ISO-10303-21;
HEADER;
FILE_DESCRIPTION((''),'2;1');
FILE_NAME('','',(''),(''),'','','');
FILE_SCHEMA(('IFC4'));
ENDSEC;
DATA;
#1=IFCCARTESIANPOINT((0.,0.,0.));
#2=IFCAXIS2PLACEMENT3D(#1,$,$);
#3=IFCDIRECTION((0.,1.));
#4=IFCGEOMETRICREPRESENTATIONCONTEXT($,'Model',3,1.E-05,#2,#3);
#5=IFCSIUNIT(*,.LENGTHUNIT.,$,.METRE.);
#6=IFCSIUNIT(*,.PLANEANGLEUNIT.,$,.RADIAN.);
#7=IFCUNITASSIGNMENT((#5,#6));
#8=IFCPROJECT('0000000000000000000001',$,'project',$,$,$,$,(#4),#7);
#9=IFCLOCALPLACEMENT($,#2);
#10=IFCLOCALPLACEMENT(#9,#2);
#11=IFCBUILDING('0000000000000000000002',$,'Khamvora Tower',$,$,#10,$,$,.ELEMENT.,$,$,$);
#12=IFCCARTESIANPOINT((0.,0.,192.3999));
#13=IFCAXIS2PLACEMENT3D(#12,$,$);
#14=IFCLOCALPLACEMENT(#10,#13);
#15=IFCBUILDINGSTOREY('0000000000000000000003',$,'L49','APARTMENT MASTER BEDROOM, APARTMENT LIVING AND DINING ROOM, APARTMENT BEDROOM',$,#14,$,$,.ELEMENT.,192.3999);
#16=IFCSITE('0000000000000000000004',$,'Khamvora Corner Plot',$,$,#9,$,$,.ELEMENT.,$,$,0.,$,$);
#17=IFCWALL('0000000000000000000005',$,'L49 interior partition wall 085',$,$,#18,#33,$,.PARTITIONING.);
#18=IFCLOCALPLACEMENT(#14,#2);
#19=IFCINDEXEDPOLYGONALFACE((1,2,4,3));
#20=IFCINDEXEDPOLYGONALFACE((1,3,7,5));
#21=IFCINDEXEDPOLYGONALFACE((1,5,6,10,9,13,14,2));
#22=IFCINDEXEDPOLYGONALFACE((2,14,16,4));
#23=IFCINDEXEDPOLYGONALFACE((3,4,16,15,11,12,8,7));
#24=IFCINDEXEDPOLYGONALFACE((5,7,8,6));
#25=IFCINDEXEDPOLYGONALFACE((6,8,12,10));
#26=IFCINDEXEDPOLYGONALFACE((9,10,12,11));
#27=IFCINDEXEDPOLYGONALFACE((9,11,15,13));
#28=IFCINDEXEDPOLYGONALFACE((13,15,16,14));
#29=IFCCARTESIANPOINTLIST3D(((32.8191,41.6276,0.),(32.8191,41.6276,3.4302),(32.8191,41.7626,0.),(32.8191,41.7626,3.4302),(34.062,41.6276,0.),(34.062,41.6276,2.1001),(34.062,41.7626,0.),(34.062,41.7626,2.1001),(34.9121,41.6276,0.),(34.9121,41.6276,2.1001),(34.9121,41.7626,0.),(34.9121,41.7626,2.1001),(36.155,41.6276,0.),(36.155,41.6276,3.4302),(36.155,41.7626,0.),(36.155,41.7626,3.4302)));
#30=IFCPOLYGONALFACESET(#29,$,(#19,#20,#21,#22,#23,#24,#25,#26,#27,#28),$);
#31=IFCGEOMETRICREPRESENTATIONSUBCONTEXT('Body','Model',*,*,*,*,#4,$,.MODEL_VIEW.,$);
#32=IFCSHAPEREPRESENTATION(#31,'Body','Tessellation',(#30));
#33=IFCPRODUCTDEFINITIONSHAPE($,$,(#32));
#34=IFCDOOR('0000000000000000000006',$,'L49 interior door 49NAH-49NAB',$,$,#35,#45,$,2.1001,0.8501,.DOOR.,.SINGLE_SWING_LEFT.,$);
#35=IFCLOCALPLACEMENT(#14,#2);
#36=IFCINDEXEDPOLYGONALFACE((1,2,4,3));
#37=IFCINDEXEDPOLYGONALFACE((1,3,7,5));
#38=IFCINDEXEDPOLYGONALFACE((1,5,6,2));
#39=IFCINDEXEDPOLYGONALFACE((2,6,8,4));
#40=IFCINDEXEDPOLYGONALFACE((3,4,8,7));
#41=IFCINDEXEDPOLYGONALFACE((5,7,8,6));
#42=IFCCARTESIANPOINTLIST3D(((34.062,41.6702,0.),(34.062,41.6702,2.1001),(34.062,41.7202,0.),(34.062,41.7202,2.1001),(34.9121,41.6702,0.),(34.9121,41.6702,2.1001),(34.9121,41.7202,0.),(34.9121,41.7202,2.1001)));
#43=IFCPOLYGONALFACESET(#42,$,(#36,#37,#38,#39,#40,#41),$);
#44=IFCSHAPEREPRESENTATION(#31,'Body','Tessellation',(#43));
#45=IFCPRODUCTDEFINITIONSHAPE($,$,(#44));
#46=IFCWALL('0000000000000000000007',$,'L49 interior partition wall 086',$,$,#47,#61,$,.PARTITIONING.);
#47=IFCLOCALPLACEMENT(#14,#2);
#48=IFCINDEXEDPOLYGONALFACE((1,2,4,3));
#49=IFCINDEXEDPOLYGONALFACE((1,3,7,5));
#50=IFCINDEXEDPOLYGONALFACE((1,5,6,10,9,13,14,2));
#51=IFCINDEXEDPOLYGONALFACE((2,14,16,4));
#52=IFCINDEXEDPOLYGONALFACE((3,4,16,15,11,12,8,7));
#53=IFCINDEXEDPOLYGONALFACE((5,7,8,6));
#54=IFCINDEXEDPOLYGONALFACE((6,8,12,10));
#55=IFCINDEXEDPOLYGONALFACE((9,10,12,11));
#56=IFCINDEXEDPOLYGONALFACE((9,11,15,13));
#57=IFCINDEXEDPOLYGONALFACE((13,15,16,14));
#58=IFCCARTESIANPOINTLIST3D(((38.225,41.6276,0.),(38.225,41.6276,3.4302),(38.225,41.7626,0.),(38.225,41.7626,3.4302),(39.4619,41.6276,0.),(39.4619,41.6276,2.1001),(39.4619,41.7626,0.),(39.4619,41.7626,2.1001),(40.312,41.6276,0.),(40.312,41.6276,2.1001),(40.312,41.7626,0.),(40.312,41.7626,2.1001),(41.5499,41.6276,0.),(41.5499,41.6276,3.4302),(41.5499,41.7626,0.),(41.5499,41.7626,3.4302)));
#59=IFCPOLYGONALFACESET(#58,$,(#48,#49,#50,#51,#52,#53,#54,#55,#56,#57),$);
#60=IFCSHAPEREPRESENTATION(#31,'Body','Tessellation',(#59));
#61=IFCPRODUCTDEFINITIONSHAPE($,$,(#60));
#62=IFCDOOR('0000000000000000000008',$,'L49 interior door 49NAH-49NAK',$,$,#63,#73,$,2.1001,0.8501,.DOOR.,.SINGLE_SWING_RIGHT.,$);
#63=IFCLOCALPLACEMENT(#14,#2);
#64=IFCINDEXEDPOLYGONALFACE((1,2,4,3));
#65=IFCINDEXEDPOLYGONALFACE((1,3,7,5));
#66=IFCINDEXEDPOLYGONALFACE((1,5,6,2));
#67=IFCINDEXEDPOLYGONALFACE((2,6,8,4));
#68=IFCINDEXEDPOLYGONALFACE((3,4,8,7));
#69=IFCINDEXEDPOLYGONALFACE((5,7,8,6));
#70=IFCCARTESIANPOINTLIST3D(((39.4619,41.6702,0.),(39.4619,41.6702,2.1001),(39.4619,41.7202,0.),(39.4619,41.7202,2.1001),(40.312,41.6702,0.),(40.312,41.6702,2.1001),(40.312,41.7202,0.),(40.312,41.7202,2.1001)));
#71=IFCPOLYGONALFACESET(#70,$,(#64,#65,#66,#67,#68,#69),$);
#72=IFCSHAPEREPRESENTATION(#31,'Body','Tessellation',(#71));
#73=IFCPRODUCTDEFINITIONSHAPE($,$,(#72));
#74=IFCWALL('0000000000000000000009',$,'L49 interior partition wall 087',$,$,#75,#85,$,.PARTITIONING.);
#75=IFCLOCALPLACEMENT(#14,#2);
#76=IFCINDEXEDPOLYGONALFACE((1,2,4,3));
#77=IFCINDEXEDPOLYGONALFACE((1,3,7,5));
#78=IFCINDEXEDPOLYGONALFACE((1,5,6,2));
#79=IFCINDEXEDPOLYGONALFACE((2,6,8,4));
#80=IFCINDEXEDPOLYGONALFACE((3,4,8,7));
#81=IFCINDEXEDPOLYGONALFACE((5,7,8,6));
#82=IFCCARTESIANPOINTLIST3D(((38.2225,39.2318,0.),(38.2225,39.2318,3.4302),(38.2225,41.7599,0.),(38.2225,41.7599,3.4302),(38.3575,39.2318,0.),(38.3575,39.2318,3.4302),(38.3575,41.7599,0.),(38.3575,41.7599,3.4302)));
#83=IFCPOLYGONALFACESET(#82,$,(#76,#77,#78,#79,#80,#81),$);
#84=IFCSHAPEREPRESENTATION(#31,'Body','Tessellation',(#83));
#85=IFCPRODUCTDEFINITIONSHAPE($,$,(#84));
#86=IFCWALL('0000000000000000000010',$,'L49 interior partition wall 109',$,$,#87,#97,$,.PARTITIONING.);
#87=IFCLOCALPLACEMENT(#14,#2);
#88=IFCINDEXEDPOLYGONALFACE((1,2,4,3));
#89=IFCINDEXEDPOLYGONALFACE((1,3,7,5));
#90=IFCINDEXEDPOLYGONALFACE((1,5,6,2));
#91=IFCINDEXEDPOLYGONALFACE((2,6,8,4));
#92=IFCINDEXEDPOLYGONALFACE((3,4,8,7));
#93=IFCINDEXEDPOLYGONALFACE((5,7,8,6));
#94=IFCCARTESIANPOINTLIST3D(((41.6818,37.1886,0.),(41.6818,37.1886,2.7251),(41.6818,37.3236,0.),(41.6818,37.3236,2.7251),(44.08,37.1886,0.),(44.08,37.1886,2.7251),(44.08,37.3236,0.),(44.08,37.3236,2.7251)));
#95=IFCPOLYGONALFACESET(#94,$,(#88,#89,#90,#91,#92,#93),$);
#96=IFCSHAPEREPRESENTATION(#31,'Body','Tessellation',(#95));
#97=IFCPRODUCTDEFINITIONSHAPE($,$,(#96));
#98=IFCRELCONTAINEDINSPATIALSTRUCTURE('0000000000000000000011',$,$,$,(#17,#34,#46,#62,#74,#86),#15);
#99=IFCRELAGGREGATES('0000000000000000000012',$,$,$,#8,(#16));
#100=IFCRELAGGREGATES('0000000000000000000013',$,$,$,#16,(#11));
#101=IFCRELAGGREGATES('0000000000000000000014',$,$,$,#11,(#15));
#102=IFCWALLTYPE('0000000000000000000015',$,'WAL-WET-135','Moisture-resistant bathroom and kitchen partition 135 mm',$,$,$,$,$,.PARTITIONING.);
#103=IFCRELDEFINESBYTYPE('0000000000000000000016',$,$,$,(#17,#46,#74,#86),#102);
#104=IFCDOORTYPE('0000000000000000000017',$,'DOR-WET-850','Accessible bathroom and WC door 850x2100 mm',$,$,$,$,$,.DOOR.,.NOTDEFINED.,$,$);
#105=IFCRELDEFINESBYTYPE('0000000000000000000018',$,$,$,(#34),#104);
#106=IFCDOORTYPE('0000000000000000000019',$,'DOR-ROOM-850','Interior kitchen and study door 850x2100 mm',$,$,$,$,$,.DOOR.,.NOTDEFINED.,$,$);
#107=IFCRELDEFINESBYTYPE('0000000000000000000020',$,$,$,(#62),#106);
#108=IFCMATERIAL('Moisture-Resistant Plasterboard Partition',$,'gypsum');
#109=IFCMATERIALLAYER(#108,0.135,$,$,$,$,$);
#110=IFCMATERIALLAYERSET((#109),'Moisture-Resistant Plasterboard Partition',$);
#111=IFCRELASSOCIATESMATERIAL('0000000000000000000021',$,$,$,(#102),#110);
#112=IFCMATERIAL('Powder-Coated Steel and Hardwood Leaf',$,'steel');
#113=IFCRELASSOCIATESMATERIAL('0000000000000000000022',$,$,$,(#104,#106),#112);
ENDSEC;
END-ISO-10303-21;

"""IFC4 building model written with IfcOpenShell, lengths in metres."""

from ifc_helpers import new_model, si_unit, direction, frame, frame_2d, origin, place, context, subcontext, project, spatial, rectangle, extrude, material, layer, layer_set, type_object, element, fill, save


model = new_model("IFC4")

# Units and contexts
model_context = context("Model", 3, precision=1e-05, world=origin(), true_north=direction((0.0, 1.0)))
body_context = subcontext(model_context, "Body", "Model", "MODEL_VIEW")
ifc_project = project(units=[si_unit("LENGTHUNIT", "METRE"), si_unit("PLANEANGLEUNIT", "RADIAN")], contexts=[model_context])

# Site, building, storey
site_placement = place(None, origin())
site = spatial("IfcSite", under=ifc_project, at=site_placement, Name="Khamvora Corner Plot", CompositionType="ELEMENT", RefElevation=0.0)
building_placement = place(site_placement, origin())
building = spatial("IfcBuilding", under=site, at=building_placement, Name="Khamvora Tower", CompositionType="ELEMENT")
storey_placement = place(building_placement, frame((0.0, 0.0, 192.3999)))
storey = spatial("IfcBuildingStorey", under=building, at=storey_placement, Name="L49", Description="APARTMENT MASTER BEDROOM, APARTMENT LIVING AND DINING ROOM, APARTMENT BEDROOM", CompositionType="ELEMENT", Elevation=192.3999)

# Shared definitions
ifc_material_1 = material(Name="Powder-Coated Steel and Hardwood Leaf", Category="steel")

# Shared definitions
ifc_material_2 = material(Name="Moisture-Resistant Plasterboard Partition", Category="gypsum")
ifc_layer_1 = layer(ifc_material_2, 0.135)
ifc_layer_set_1 = layer_set([ifc_layer_1], Name="Moisture-Resistant Plasterboard Partition")
wall_type_1 = type_object("IfcWallType", Name="WAL-WET-135", Description="Moisture-resistant bathroom and kitchen partition 135 mm", PredefinedType="PARTITIONING", material=ifc_layer_set_1)

# Walls, openings, doors
wall_1_placement = place(storey_placement, frame((36.155, 41.6951, 0.0), z_axis=(0.0, 0.0, 1.0), x_axis=(-1.0, 0.0, 0.0)))
wall_1 = element("IfcWall", 1, at=wall_1_placement, inside=storey, type_object=wall_type_1, Name="L49 interior partition wall 085", PredefinedType="PARTITIONING", context=body_context, shape_type="SweptSolid", body=[
    extrude(rectangle(XDim=3.3359, YDim=0.135, at=frame_2d((1.668, 0.0))), origin(), (0.0, 0.0, 1.0), 3.4302),
])
opening_1_placement = place(wall_1_placement, frame((1.2429, 0.0, 0.0)))
opening_1 = element("IfcOpeningElement", 2, at=opening_1_placement, cuts=wall_1, PredefinedType="OPENING", context=body_context, shape_type="SweptSolid", body=[
    extrude(rectangle(XDim=0.8501, YDim=2.1001, at=frame_2d((0.425, 1.05))), frame((0.0, 0.0774, 0.0), z_axis=(0.0, -1.0, 0.0), x_axis=(1.0, 0.0, 0.0)), (0.0, 0.0, 1.0), 0.155),
])
door_type_1 = type_object("IfcDoorType", Name="DOR-WET-850", Description="Accessible bathroom and WC door 850x2100 mm", OperationType="NOTDEFINED", PredefinedType="DOOR", material=ifc_material_1)
door_1_placement = place(opening_1_placement, origin())
door_1 = element("IfcDoor", 3, at=door_1_placement, inside=storey, type_object=door_type_1, Name="L49 interior door 49NAH-49NAB", OperationType="SINGLE_SWING_LEFT", OverallHeight=2.1001, OverallWidth=0.8501, PredefinedType="DOOR", context=body_context, shape_type="SweptSolid", body=[
    extrude(rectangle(XDim=0.8501, YDim=2.1001, at=frame_2d((0.425, 1.05))), frame((0.0, 0.0249, 0.0), z_axis=(0.0, -1.0, 0.0), x_axis=(1.0, 0.0, 0.0)), (0.0, 0.0, 1.0), 0.05),
])
fill(opening_1, door_1)
wall_2_placement = place(storey_placement, frame((41.55, 41.6951, 0.0), z_axis=(0.0, 0.0, 1.0), x_axis=(-1.0, 0.0, 0.0)))
wall_2 = element("IfcWall", 4, at=wall_2_placement, inside=storey, type_object=wall_type_1, Name="L49 interior partition wall 086", PredefinedType="PARTITIONING", context=body_context, shape_type="SweptSolid", body=[
    extrude(rectangle(XDim=3.325, YDim=0.135, at=frame_2d((1.6626, 0.0))), origin(), (0.0, 0.0, 1.0), 3.4302),
])
opening_2_placement = place(wall_2_placement, frame((1.238, 0.0, 0.0)))
opening_2 = element("IfcOpeningElement", 5, at=opening_2_placement, cuts=wall_2, PredefinedType="OPENING", context=body_context, shape_type="SweptSolid", body=[
    extrude(rectangle(XDim=0.8501, YDim=2.1001, at=frame_2d((0.425, 1.05))), frame((0.0, 0.0774, 0.0), z_axis=(0.0, -1.0, 0.0), x_axis=(1.0, 0.0, 0.0)), (0.0, 0.0, 1.0), 0.155),
])
door_type_2 = type_object("IfcDoorType", Name="DOR-ROOM-850", Description="Interior kitchen and study door 850x2100 mm", OperationType="NOTDEFINED", PredefinedType="DOOR", material=ifc_material_1)
door_2_placement = place(opening_2_placement, origin())
door_2 = element("IfcDoor", 6, at=door_2_placement, inside=storey, type_object=door_type_2, Name="L49 interior door 49NAH-49NAK", OperationType="SINGLE_SWING_RIGHT", OverallHeight=2.1001, OverallWidth=0.8501, PredefinedType="DOOR", context=body_context, shape_type="SweptSolid", body=[
    extrude(rectangle(XDim=0.8501, YDim=2.1001, at=frame_2d((0.425, 1.05))), frame((0.0, 0.0249, 0.0), z_axis=(0.0, -1.0, 0.0), x_axis=(1.0, 0.0, 0.0)), (0.0, 0.0, 1.0), 0.05),
])
fill(opening_2, door_2)

# Walls
wall_3_placement = place(storey_placement, frame((38.29, 41.76, 0.0), z_axis=(0.0, 0.0, 1.0), x_axis=(0.0, -1.0, 0.0)))
element("IfcWall", 7, at=wall_3_placement, inside=storey, type_object=wall_type_1, Name="L49 interior partition wall 087", PredefinedType="PARTITIONING", context=body_context, shape_type="SweptSolid", body=[
    extrude(rectangle(XDim=2.5281, YDim=0.135, at=frame_2d((1.2642, 0.0))), origin(), (0.0, 0.0, 1.0), 3.4302),
])
wall_4_placement = place(storey_placement, frame((44.0801, 37.2561, 0.0), z_axis=(0.0, 0.0, 1.0), x_axis=(-1.0, 0.0, 0.0)))
element("IfcWall", 8, at=wall_4_placement, inside=storey, type_object=wall_type_1, Name="L49 interior partition wall 109", PredefinedType="PARTITIONING", context=body_context, shape_type="SweptSolid", body=[
    extrude(rectangle(XDim=2.3982, YDim=0.135, at=frame_2d((1.1992, 0.0))), origin(), (0.0, 0.0, 1.0), 2.7251),
])

save(model, "model.ifc")
